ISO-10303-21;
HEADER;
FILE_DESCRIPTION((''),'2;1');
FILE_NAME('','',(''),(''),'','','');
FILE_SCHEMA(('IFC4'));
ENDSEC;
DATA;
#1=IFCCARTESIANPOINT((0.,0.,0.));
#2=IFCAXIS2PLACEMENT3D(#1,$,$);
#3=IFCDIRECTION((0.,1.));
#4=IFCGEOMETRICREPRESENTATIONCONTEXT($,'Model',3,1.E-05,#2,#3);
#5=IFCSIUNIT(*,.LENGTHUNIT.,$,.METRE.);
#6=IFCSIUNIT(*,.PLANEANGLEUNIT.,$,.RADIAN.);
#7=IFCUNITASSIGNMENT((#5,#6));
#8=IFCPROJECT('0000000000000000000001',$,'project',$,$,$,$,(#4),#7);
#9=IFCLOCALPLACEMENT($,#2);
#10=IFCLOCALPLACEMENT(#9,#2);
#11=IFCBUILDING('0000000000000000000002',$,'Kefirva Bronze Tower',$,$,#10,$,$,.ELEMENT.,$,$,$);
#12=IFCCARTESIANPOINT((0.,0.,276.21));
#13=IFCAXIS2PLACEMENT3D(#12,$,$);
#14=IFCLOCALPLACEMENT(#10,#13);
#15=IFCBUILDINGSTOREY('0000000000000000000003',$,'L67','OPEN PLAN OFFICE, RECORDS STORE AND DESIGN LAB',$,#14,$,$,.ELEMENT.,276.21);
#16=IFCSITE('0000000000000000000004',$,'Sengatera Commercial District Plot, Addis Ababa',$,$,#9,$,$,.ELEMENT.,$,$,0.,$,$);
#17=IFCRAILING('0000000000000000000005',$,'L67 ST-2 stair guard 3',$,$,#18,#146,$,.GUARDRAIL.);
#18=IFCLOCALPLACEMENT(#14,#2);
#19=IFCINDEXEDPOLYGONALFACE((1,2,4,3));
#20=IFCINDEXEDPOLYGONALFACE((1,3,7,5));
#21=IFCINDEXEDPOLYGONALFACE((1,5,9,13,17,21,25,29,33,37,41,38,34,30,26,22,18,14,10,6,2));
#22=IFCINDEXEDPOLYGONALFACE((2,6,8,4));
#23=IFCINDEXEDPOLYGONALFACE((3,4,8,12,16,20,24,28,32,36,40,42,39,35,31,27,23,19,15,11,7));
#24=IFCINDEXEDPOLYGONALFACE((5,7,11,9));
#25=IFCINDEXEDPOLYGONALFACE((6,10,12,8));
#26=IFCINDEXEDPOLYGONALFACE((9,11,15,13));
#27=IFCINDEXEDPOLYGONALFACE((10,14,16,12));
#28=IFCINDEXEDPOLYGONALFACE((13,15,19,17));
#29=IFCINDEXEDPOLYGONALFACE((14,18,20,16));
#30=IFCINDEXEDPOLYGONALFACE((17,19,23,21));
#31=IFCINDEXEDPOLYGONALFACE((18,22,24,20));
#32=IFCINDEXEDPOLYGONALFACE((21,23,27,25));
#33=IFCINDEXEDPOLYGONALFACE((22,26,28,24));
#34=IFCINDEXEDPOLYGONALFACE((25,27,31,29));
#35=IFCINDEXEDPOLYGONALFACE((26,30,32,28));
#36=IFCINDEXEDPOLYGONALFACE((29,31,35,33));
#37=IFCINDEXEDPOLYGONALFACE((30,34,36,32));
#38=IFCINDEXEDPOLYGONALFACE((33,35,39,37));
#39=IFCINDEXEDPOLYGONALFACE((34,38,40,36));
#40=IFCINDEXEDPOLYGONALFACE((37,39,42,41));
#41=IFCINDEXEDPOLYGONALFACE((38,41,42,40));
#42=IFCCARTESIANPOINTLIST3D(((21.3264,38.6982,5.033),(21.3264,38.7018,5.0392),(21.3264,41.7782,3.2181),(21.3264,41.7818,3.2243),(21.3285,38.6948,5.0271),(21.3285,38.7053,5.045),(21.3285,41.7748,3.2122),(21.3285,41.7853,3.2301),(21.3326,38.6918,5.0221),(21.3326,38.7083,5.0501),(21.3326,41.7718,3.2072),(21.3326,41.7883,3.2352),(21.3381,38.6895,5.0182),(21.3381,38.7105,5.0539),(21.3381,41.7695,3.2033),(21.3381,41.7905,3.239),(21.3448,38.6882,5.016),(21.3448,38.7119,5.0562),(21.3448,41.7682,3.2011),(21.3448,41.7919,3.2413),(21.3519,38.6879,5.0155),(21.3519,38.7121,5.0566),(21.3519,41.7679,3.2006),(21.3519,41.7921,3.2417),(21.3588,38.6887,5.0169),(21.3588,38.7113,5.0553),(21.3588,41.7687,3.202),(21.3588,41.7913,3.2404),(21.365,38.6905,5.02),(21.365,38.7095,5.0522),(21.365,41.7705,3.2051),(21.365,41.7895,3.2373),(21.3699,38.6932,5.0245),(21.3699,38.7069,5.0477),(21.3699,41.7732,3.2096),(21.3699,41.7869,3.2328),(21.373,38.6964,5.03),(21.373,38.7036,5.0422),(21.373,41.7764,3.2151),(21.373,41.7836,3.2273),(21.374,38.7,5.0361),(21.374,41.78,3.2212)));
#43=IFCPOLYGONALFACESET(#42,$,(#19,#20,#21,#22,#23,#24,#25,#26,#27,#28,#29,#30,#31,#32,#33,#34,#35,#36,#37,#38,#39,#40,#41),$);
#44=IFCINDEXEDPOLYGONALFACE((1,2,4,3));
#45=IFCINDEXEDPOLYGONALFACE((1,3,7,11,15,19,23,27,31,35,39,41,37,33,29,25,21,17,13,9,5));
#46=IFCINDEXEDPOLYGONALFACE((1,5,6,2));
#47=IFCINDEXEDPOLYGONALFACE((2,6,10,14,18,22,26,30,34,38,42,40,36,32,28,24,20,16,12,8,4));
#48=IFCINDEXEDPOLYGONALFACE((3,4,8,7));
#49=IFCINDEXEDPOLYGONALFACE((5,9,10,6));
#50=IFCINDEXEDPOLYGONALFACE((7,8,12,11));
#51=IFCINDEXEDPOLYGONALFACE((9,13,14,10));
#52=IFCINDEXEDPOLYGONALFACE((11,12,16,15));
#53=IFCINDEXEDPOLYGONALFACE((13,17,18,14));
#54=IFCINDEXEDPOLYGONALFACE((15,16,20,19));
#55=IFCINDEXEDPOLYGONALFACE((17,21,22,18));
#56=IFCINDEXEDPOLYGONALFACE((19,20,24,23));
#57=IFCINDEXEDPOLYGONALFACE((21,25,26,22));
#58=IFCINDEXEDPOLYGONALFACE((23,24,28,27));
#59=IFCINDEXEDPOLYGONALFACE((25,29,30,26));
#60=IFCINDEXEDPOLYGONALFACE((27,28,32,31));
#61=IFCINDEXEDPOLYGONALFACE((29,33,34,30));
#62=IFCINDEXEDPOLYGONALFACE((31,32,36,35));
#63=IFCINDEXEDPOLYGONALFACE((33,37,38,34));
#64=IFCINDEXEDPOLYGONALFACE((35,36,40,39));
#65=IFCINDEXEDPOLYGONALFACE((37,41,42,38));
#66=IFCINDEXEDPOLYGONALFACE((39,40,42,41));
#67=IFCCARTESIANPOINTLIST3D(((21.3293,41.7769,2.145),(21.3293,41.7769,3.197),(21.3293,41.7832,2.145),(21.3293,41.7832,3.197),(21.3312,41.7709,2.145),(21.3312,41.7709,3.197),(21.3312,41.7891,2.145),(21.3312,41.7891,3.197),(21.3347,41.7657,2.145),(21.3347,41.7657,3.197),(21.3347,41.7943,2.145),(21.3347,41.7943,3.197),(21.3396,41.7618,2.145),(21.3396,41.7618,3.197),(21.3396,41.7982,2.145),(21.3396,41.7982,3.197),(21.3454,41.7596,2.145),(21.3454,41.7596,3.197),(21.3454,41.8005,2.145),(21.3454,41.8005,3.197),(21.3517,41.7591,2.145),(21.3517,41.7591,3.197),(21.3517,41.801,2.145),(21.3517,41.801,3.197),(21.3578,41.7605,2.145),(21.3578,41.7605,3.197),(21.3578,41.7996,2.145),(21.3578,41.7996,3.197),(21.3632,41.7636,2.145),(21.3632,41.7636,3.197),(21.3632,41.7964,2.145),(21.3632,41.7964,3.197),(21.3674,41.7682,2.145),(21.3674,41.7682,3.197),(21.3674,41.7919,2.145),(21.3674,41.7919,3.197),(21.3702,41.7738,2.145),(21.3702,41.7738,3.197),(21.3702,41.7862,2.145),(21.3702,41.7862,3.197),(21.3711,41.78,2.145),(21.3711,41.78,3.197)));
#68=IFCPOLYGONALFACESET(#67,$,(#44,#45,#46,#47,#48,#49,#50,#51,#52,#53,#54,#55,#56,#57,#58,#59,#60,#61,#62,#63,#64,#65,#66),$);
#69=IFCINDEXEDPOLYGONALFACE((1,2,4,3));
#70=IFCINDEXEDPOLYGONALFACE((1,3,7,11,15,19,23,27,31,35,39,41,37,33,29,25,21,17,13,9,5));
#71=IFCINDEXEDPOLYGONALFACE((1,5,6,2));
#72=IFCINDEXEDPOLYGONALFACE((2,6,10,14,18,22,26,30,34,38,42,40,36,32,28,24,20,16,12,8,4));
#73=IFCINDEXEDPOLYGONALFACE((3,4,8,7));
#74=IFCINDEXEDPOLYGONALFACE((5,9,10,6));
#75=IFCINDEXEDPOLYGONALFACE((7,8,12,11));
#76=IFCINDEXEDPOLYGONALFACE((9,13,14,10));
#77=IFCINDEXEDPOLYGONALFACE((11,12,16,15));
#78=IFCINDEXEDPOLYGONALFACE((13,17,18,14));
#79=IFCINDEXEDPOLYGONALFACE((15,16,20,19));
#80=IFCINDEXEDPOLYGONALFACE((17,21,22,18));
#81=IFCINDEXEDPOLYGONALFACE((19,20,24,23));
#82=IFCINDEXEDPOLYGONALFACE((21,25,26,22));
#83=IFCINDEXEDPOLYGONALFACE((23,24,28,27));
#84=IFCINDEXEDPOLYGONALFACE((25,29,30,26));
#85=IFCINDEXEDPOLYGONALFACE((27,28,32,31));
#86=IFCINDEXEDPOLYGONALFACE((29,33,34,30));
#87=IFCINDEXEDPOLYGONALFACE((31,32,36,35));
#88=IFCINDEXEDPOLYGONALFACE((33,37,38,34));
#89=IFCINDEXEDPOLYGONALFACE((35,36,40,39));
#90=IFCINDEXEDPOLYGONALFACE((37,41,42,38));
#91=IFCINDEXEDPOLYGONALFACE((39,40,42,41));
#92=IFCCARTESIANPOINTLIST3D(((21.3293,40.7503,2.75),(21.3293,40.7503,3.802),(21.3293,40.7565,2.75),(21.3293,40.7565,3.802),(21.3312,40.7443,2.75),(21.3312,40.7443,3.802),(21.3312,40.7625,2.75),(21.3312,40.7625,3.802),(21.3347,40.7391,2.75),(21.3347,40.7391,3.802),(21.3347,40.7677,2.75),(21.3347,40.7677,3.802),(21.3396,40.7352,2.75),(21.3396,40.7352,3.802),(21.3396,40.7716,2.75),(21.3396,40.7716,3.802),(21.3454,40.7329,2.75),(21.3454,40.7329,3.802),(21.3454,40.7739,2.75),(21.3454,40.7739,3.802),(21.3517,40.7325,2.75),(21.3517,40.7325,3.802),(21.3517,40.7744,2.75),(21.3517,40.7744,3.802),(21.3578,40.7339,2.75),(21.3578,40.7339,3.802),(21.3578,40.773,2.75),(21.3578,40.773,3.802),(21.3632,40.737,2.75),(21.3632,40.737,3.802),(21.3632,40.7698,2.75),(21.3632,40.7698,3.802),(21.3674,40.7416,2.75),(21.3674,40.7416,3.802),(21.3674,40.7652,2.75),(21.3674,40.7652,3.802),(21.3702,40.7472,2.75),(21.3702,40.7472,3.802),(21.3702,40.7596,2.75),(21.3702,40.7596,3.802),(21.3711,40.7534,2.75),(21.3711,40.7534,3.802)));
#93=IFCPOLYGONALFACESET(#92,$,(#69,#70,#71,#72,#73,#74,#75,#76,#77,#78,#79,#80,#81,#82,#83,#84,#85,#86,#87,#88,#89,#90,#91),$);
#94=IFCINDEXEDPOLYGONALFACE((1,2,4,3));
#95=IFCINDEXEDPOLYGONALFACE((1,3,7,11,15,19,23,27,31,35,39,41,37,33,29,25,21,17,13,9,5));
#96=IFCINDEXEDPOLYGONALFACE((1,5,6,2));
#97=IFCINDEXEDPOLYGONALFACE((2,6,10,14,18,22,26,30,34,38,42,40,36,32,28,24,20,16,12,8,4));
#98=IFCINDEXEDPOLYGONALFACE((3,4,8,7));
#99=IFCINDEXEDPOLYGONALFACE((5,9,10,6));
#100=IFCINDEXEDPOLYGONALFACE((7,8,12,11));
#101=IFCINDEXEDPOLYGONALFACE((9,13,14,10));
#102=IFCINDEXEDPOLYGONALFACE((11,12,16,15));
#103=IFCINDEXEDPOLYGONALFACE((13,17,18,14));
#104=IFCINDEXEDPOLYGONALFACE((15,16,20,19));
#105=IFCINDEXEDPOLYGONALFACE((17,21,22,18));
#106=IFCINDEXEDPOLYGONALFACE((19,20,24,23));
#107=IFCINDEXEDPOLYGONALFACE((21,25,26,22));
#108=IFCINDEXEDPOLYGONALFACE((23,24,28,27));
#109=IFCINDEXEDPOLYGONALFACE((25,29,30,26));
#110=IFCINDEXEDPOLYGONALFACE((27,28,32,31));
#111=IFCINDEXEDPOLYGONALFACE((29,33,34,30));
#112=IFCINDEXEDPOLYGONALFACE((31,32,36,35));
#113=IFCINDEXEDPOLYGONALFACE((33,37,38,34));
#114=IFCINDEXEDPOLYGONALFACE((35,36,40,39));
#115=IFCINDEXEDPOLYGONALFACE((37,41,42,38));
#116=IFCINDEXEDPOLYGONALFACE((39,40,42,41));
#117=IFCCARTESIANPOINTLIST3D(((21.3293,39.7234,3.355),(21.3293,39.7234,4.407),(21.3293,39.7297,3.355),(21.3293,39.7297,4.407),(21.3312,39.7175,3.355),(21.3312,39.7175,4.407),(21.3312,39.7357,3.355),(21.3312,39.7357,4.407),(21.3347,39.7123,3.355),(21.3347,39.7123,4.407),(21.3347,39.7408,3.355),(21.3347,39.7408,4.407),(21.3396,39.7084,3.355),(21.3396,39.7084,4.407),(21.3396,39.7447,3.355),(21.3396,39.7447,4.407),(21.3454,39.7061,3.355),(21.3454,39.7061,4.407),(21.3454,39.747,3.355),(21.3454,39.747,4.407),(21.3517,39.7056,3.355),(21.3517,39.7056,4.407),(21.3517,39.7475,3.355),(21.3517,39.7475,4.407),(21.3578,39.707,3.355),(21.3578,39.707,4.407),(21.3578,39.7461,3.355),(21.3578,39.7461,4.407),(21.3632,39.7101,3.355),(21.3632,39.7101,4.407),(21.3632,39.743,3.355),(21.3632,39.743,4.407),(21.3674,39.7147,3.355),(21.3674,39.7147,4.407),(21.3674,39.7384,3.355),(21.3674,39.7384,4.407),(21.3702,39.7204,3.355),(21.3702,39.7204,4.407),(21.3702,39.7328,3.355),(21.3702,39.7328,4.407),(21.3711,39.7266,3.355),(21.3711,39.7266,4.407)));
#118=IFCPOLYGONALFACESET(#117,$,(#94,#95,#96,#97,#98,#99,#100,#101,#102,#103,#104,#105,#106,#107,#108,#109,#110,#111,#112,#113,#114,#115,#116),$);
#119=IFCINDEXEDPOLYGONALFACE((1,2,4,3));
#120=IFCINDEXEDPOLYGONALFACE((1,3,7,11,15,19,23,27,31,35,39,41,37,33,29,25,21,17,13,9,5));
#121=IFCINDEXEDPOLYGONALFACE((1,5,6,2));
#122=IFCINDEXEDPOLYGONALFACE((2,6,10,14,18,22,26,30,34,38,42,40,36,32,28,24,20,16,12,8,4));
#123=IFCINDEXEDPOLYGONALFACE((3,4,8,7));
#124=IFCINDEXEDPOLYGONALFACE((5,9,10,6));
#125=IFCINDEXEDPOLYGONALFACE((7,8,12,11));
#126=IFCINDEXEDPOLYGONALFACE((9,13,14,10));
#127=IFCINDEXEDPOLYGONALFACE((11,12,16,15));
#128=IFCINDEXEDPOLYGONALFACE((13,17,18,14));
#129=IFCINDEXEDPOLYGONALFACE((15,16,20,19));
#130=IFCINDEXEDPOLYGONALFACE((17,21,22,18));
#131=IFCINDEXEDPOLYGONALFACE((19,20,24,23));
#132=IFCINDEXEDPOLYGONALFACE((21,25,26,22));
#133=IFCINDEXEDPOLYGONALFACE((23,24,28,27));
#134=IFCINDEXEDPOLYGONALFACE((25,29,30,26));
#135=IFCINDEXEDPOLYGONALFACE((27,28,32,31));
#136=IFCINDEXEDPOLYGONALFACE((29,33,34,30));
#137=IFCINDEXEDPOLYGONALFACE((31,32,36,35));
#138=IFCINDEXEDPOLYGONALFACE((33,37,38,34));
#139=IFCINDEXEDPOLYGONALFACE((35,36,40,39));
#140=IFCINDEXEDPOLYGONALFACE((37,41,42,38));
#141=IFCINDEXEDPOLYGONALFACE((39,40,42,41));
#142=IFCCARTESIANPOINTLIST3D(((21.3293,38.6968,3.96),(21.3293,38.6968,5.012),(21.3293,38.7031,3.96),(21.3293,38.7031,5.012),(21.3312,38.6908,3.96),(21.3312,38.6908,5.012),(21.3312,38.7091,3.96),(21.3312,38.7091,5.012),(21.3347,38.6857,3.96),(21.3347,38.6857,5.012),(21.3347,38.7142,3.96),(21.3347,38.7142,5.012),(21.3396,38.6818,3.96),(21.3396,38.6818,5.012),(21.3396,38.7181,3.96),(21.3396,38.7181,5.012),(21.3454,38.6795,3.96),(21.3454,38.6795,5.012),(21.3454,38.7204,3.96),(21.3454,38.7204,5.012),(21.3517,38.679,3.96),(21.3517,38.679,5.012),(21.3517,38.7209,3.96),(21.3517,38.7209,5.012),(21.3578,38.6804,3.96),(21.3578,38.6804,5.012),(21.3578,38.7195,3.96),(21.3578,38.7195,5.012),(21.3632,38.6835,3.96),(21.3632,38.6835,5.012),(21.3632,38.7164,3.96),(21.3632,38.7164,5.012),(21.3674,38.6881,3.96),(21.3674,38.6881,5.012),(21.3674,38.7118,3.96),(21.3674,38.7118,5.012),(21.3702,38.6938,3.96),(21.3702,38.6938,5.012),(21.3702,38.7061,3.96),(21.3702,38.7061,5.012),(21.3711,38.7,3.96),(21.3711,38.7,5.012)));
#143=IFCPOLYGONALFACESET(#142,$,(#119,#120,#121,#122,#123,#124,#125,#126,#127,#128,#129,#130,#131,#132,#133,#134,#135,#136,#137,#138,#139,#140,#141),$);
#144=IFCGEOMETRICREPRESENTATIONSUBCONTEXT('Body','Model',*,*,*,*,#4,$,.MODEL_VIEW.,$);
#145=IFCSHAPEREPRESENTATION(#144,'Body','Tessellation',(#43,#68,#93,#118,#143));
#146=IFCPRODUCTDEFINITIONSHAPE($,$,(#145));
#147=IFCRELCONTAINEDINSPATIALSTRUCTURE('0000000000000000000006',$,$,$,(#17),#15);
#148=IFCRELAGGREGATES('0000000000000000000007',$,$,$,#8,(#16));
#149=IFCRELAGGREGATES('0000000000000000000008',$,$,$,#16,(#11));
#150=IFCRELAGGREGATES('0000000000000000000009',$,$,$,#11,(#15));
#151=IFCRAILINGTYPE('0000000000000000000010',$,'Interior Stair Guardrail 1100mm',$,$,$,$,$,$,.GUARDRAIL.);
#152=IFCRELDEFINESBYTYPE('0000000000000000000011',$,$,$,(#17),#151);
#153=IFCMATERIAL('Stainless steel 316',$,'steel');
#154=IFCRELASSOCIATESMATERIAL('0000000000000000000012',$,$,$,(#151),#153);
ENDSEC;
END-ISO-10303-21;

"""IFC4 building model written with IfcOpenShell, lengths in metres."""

from ifc_helpers import new_model, si_unit, direction, frame, origin, origin_2d, place, context, subcontext, project, spatial, circle, extrude, material, type_object, element, save


model = new_model("IFC4")

# Units and contexts
model_context = context("Model", 3, precision=1e-05, world=origin(), true_north=direction((0.0, 1.0)))
body_context = subcontext(model_context, "Body", "Model", "MODEL_VIEW")
ifc_project = project(units=[si_unit("LENGTHUNIT", "METRE"), si_unit("PLANEANGLEUNIT", "RADIAN")], contexts=[model_context])

# Site, building, storey
site_placement = place(None, origin())
site = spatial("IfcSite", under=ifc_project, at=site_placement, Name="Sengatera Commercial District Plot, Addis Ababa", CompositionType="ELEMENT", RefElevation=0.0)
building_placement = place(site_placement, origin())
building = spatial("IfcBuilding", under=site, at=building_placement, Name="Kefirva Bronze Tower", CompositionType="ELEMENT")
storey_placement = place(building_placement, frame((0.0, 0.0, 276.21)))
storey = spatial("IfcBuildingStorey", under=building, at=storey_placement, Name="L67", Description="OPEN PLAN OFFICE, RECORDS STORE AND DESIGN LAB", CompositionType="ELEMENT", Elevation=276.21)

# Shared definitions
ifc_material_1 = material(Name="Stainless steel 316", Category="steel")

# Railing
railing_type_1 = type_object("IfcRailingType", Name="Interior Stair Guardrail 1100mm", PredefinedType="GUARDRAIL", material=ifc_material_1)
railing_1_placement = place(storey_placement, frame((21.3501, 41.78, 2.145)))
element("IfcRailing", 1, at=railing_1_placement, inside=storey, type_object=railing_type_1, Name="L67 ST-2 stair guard 3", PredefinedType="GUARDRAIL", context=body_context, shape_type="SweptSolid", body=[
    extrude(circle(Radius=0.0239, at=origin_2d()), frame((0.0, 0.0, 1.0762), z_axis=(0.0, -0.861551, 0.507671), x_axis=(1.0, 0.0, 0.0)), (0.0, 0.0, 1.0), 3.575),
    extrude(circle(Radius=0.021, at=origin_2d()), origin(), (0.0, 0.0, 1.0), 1.052),
    extrude(circle(Radius=0.021, at=origin_2d()), frame((0.0, -1.0266, 0.605)), (0.0, 0.0, 1.0), 1.052),
    extrude(circle(Radius=0.021, at=origin_2d()), frame((0.0, -2.0535, 1.21)), (0.0, 0.0, 1.0), 1.052),
    extrude(circle(Radius=0.021, at=origin_2d()), frame((0.0, -3.0801, 1.8149)), (0.0, 0.0, 1.0), 1.052),
])

save(model, "model.ifc")
